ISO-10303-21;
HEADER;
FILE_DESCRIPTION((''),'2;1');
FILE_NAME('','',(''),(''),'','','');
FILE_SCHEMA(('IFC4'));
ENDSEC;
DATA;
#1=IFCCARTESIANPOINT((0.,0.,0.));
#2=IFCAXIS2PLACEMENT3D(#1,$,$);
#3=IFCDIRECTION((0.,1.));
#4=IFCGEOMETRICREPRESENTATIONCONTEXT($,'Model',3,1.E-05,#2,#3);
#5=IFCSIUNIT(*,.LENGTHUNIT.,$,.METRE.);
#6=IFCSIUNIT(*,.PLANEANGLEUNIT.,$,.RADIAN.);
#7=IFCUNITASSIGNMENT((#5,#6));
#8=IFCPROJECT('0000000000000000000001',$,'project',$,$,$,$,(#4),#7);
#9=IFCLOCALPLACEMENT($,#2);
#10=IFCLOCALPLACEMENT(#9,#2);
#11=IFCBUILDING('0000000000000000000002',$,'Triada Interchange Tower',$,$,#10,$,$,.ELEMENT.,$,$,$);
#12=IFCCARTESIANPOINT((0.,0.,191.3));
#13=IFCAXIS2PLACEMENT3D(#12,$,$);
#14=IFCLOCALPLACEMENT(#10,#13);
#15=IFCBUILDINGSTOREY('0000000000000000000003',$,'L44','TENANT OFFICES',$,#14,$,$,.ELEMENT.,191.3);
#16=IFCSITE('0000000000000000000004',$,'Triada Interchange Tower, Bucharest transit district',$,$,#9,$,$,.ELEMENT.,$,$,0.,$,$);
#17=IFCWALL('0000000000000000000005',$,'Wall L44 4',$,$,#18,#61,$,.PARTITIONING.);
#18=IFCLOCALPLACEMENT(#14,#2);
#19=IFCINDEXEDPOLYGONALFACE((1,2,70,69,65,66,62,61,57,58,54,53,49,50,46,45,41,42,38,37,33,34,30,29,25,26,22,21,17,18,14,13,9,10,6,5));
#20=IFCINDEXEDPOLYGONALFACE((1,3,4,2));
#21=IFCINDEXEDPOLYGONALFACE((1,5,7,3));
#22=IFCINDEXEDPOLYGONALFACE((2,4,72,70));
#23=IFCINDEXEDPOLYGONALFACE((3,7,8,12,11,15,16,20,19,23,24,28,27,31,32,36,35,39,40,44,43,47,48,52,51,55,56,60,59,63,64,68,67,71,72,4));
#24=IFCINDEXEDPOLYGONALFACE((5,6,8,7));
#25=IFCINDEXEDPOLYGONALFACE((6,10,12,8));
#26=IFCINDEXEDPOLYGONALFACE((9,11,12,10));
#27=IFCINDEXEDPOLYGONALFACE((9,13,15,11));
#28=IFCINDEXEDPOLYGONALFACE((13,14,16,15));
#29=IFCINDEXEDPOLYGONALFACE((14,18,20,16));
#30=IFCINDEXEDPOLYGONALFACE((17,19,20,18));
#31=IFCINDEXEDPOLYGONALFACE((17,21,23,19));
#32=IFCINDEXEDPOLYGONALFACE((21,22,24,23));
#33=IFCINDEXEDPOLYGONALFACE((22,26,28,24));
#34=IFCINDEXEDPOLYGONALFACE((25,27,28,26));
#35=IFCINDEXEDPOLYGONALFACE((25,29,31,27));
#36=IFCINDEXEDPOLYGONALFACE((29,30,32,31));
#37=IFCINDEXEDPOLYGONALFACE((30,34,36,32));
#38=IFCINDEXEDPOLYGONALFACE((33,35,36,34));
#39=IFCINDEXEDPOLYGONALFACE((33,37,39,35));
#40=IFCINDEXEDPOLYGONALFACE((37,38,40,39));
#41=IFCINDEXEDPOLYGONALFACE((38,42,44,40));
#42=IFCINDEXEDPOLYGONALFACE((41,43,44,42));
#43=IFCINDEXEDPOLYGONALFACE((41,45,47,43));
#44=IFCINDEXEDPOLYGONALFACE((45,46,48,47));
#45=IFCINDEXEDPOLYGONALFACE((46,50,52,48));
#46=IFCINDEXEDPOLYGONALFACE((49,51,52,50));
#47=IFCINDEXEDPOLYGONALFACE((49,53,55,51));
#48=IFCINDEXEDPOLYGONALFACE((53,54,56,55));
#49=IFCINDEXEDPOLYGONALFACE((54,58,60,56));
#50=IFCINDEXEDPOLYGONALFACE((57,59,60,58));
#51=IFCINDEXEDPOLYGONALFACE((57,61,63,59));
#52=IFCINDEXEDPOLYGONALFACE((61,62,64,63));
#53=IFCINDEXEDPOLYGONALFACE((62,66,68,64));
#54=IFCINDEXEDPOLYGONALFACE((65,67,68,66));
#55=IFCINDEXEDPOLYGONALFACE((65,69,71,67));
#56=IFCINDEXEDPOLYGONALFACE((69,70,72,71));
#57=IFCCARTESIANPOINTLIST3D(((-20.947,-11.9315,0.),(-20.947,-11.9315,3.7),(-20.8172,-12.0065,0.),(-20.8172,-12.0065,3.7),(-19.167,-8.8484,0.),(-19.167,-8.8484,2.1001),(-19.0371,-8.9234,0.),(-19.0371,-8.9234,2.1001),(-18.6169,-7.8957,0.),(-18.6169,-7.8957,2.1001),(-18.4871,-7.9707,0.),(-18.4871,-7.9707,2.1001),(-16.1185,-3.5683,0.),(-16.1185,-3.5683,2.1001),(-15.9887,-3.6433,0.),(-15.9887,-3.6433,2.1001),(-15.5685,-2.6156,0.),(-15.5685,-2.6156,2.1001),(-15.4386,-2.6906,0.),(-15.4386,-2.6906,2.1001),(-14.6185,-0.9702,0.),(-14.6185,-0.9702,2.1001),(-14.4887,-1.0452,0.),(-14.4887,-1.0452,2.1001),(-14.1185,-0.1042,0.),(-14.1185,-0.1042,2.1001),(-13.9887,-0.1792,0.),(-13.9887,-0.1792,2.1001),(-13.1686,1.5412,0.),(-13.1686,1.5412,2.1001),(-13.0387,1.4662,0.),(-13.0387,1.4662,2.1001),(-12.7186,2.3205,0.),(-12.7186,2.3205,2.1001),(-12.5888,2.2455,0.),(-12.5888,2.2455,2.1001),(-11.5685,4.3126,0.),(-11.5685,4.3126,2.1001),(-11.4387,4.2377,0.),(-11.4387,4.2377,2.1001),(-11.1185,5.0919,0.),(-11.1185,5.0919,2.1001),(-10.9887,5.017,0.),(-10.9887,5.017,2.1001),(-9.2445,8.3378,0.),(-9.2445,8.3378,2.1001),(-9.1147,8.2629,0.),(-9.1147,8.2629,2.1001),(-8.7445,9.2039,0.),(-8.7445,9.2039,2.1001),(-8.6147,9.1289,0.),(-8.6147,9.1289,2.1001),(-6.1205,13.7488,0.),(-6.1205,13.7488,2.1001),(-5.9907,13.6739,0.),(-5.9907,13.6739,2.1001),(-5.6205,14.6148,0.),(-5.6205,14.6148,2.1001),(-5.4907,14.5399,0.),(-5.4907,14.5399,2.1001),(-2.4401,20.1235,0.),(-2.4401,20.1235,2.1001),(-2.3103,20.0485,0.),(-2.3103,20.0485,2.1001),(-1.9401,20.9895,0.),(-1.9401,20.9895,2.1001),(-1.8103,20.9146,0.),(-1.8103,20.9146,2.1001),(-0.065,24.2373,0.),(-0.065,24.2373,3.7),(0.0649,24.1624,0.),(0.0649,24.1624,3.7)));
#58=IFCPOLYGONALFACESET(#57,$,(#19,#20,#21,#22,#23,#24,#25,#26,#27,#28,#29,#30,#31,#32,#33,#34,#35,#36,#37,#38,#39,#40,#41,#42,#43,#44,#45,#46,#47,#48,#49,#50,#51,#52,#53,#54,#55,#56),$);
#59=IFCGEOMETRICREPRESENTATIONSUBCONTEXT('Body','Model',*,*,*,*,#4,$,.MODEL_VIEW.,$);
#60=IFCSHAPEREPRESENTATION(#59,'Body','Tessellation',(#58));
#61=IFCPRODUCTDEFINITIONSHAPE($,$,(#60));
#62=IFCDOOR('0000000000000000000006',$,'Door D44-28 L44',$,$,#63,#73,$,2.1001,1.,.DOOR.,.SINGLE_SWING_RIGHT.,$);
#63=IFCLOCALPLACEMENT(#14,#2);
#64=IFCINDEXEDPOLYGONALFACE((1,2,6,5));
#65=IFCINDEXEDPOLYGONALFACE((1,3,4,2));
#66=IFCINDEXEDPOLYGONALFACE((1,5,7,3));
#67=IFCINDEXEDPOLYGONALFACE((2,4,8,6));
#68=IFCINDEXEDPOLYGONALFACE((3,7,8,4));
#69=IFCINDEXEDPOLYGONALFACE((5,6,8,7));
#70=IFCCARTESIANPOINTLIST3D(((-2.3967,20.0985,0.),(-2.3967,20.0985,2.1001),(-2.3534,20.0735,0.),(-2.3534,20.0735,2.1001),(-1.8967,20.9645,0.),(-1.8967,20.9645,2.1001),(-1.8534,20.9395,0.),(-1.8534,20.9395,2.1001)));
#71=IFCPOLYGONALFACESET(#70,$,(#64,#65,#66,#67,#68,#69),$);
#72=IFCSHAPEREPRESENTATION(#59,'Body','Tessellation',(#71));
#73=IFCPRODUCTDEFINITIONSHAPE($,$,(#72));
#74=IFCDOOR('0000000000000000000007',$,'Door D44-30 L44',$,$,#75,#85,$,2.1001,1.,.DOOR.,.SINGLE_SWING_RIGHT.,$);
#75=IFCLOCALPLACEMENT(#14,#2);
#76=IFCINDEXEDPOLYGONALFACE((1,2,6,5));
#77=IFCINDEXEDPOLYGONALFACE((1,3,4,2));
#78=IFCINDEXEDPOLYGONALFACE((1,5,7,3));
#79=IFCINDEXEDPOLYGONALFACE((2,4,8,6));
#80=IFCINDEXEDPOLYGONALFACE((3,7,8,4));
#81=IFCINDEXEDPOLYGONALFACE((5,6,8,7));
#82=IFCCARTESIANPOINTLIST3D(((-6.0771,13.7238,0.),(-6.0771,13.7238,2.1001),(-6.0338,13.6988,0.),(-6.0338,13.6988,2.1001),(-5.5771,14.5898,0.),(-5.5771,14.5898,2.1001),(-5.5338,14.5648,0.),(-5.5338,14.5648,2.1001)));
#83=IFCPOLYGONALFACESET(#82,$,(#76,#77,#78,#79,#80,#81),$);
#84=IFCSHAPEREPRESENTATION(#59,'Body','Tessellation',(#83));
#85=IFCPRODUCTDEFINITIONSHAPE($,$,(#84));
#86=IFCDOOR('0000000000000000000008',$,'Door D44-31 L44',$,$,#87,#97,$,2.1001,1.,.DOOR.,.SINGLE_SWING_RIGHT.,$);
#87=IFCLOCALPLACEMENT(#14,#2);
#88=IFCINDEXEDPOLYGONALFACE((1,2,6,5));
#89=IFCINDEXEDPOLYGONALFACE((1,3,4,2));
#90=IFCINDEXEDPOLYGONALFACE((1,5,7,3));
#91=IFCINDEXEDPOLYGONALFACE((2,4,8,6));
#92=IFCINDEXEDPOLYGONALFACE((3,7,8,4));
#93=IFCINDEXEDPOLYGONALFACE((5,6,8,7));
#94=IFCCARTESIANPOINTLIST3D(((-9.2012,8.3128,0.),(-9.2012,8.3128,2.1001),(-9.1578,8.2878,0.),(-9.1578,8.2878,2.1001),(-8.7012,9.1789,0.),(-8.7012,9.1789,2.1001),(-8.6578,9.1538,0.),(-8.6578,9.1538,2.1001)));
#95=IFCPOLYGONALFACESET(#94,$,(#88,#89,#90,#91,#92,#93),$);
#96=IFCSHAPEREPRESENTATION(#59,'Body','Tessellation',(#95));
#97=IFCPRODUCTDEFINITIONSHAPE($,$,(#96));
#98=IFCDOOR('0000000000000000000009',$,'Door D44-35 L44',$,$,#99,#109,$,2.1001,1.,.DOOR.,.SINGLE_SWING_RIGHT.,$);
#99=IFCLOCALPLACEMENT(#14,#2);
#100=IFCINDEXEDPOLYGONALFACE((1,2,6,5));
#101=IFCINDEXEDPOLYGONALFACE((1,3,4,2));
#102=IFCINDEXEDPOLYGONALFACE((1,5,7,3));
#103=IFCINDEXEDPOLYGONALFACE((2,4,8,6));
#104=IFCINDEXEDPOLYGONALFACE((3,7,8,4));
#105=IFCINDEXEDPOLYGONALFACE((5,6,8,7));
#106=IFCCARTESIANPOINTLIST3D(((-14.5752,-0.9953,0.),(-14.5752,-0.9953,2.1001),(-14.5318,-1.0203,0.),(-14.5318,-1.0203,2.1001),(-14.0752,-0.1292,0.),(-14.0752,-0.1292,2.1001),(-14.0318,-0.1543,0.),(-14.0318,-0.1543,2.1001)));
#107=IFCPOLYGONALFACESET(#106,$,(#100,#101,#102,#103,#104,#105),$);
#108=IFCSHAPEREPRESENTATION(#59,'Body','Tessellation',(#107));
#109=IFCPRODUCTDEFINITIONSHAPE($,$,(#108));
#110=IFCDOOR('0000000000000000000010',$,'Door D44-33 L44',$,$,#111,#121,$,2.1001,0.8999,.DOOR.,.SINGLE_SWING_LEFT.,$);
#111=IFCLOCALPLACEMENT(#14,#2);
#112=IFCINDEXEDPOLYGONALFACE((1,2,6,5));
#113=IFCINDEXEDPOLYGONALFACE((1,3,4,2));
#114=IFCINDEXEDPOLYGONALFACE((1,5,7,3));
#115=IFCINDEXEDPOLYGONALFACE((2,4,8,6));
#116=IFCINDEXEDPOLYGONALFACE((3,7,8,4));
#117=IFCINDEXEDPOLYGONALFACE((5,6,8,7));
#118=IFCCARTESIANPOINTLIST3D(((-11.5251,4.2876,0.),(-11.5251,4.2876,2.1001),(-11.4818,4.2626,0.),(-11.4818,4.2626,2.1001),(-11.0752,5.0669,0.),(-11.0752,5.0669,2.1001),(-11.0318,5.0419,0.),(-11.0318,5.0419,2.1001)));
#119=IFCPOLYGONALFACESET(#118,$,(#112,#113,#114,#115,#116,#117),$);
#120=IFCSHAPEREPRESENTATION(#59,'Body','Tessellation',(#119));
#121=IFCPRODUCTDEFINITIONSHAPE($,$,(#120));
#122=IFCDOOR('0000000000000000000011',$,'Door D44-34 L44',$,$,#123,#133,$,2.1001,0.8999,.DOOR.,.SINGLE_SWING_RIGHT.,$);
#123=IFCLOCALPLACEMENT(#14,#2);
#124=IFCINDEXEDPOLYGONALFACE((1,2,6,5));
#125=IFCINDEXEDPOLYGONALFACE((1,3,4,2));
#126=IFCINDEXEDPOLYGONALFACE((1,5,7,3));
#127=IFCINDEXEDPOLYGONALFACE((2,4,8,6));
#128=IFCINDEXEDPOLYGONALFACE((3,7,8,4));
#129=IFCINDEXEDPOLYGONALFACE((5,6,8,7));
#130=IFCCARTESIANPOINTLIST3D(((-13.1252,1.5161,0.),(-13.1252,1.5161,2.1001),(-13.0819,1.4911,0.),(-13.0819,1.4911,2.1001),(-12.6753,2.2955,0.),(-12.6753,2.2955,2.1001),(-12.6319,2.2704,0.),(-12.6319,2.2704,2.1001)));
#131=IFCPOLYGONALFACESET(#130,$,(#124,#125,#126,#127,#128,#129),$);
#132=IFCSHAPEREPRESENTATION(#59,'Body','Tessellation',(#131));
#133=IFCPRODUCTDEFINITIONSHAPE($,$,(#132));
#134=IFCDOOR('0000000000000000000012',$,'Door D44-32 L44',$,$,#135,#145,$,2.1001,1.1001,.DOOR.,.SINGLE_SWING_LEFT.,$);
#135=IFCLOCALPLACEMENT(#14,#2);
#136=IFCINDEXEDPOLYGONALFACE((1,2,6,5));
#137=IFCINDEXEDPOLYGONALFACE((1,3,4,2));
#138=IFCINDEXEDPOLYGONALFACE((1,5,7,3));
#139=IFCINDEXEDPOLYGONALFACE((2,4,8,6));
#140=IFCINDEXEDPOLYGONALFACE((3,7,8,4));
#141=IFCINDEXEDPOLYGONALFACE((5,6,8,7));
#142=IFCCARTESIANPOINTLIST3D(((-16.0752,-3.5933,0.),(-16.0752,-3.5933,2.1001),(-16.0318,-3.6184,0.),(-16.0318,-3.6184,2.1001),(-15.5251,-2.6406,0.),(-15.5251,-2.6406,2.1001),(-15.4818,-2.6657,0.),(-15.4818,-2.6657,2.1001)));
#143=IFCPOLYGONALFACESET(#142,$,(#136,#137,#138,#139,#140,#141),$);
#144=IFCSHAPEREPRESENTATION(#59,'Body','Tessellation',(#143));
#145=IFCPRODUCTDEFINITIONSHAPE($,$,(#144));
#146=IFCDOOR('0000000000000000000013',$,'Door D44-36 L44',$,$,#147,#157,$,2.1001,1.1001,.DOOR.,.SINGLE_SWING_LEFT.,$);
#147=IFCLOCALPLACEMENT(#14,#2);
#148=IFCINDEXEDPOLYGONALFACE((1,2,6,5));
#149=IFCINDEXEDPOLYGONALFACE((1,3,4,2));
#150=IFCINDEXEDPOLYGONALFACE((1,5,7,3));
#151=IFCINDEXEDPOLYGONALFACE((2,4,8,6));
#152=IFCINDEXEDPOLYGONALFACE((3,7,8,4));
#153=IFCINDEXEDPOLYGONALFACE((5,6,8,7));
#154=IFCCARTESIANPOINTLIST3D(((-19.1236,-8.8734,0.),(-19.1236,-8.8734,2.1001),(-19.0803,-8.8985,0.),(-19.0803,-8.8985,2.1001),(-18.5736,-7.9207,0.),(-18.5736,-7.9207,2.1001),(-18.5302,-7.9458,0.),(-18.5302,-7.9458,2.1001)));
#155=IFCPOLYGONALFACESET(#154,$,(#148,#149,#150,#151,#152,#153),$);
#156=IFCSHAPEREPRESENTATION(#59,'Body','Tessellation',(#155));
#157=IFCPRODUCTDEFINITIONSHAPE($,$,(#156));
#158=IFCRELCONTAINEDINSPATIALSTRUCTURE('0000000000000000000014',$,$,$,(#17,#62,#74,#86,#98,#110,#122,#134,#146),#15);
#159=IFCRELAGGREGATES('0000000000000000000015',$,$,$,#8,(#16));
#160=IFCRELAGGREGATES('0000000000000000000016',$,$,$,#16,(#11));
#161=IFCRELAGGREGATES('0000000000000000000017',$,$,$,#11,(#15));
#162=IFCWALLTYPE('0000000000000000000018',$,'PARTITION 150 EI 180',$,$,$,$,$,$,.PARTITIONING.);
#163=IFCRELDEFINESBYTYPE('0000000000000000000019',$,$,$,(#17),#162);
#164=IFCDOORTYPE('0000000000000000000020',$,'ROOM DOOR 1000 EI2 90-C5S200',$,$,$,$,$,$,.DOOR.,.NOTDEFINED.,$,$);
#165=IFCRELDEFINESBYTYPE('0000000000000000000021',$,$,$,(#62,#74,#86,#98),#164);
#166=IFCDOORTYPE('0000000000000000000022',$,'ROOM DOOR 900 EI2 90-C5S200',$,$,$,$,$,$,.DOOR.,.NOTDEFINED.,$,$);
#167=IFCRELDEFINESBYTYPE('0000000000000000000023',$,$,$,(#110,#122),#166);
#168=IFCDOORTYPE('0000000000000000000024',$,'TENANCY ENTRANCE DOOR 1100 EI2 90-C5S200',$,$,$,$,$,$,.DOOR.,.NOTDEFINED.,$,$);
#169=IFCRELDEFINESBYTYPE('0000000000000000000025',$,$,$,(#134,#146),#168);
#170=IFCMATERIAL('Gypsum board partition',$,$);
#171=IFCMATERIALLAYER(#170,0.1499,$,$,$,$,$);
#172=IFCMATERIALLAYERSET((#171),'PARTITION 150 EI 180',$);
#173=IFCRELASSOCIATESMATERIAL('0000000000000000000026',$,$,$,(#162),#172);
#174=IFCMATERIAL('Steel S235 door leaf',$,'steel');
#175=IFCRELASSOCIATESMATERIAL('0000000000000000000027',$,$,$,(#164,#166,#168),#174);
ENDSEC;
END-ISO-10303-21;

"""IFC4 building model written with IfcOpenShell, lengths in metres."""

from ifc_helpers import new_model, si_unit, direction, frame, frame_2d, origin, place, context, subcontext, project, spatial, rectangle, extrude, material, layer, layer_set, type_object, element, fill, save


model = new_model("IFC4")

# Units and contexts
model_context = context("Model", 3, precision=1e-05, world=origin(), true_north=direction((0.0, 1.0)))
body_context = subcontext(model_context, "Body", "Model", "MODEL_VIEW")
ifc_project = project(units=[si_unit("LENGTHUNIT", "METRE"), si_unit("PLANEANGLEUNIT", "RADIAN")], contexts=[model_context])

# Site, building, storey
site_placement = place(None, origin())
site = spatial("IfcSite", under=ifc_project, at=site_placement, Name="Triada Interchange Tower, Bucharest transit district", CompositionType="ELEMENT", RefElevation=0.0)
building_placement = place(site_placement, origin())
building = spatial("IfcBuilding", under=site, at=building_placement, Name="Triada Interchange Tower", CompositionType="ELEMENT")
storey_placement = place(building_placement, frame((0.0, 0.0, 191.3)))
storey = spatial("IfcBuildingStorey", under=building, at=storey_placement, Name="L44", Description="TENANT OFFICES", CompositionType="ELEMENT", Elevation=191.3)

# Wall, openings, doors
ifc_material_1 = material(Name="Gypsum board partition")
ifc_layer_1 = layer(ifc_material_1, 0.1499)
ifc_layer_set_1 = layer_set([ifc_layer_1], Name="PARTITION 150 EI 180")
wall_type_1 = type_object("IfcWallType", Name="PARTITION 150 EI 180", PredefinedType="PARTITIONING", material=ifc_layer_set_1)
wall_1_placement = place(storey_placement, frame((-20.8821, -11.969, 0.0), z_axis=(0.0, 0.0, 1.0), x_axis=(0.499999, 0.866026, 0.0)))
wall_1 = element("IfcWall", 1, at=wall_1_placement, inside=storey, type_object=wall_type_1, Name="Wall L44 4", PredefinedType="PARTITIONING", context=body_context, shape_type="SweptSolid", body=[
    extrude(rectangle(XDim=41.7642, YDim=0.1499, at=frame_2d((20.8821, 0.0))), origin(), (0.0, 0.0, 1.0), 3.7),
])
opening_1_placement = place(wall_1_placement, frame((37.0139, 0.0, 0.0)))
opening_1 = element("IfcOpeningElement", 2, at=opening_1_placement, cuts=wall_1, PredefinedType="OPENING", context=body_context, shape_type="SweptSolid", body=[
    extrude(rectangle(XDim=1.0, YDim=2.1001, at=frame_2d((0.5, 1.05))), frame((0.0, 0.085, 0.0), z_axis=(0.0, -1.0, 0.0), x_axis=(1.0, 0.0, 0.0)), (0.0, 0.0, 1.0), 0.1699),
])
opening_2_placement = place(wall_1_placement, frame((29.6531, 0.0, 0.0)))
opening_2 = element("IfcOpeningElement", 3, at=opening_2_placement, cuts=wall_1, PredefinedType="OPENING", context=body_context, shape_type="SweptSolid", body=[
    extrude(rectangle(XDim=1.0, YDim=2.1001, at=frame_2d((0.5, 1.05))), frame((0.0, 0.085, 0.0), z_axis=(0.0, -1.0, 0.0), x_axis=(1.0, 0.0, 0.0)), (0.0, 0.0, 1.0), 0.1699),
])
opening_3_placement = place(wall_1_placement, frame((23.405, 0.0, 0.0)))
opening_3 = element("IfcOpeningElement", 4, at=opening_3_placement, cuts=wall_1, PredefinedType="OPENING", context=body_context, shape_type="SweptSolid", body=[
    extrude(rectangle(XDim=1.0, YDim=2.1001, at=frame_2d((0.5, 1.05))), frame((0.0, 0.085, 0.0), z_axis=(0.0, -1.0, 0.0), x_axis=(1.0, 0.0, 0.0)), (0.0, 0.0, 1.0), 0.1699),
])
opening_4_placement = place(wall_1_placement, frame((9.657, 0.0, 0.0)))
opening_4 = element("IfcOpeningElement", 5, at=opening_4_placement, cuts=wall_1, PredefinedType="OPENING", context=body_context, shape_type="SweptSolid", body=[
    extrude(rectangle(XDim=1.1001, YDim=2.1001, at=frame_2d((0.55, 1.05))), frame((0.0, 0.085, 0.0), z_axis=(0.0, -1.0, 0.0), x_axis=(1.0, 0.0, 0.0)), (0.0, 0.0, 1.0), 0.1699),
])
opening_5_placement = place(wall_1_placement, frame((18.7571, 0.0, 0.0)))
opening_5 = element("IfcOpeningElement", 6, at=opening_5_placement, cuts=wall_1, PredefinedType="OPENING", context=body_context, shape_type="SweptSolid", body=[
    extrude(rectangle(XDim=0.8999, YDim=2.1001, at=frame_2d((0.45, 1.05))), frame((0.0, 0.085, 0.0), z_axis=(0.0, -1.0, 0.0), x_axis=(1.0, 0.0, 0.0)), (0.0, 0.0, 1.0), 0.1699),
])
opening_6_placement = place(wall_1_placement, frame((15.5569, 0.0, 0.0)))
opening_6 = element("IfcOpeningElement", 7, at=opening_6_placement, cuts=wall_1, PredefinedType="OPENING", context=body_context, shape_type="SweptSolid", body=[
    extrude(rectangle(XDim=0.8999, YDim=2.1001, at=frame_2d((0.45, 1.05))), frame((0.0, 0.085, 0.0), z_axis=(0.0, -1.0, 0.0), x_axis=(1.0, 0.0, 0.0)), (0.0, 0.0, 1.0), 0.1699),
])
opening_7_placement = place(wall_1_placement, frame((12.657, 0.0, 0.0)))
opening_7 = element("IfcOpeningElement", 8, at=opening_7_placement, cuts=wall_1, PredefinedType="OPENING", context=body_context, shape_type="SweptSolid", body=[
    extrude(rectangle(XDim=1.0, YDim=2.1001, at=frame_2d((0.5, 1.05))), frame((0.0, 0.085, 0.0), z_axis=(0.0, -1.0, 0.0), x_axis=(1.0, 0.0, 0.0)), (0.0, 0.0, 1.0), 0.1699),
])
opening_8_placement = place(wall_1_placement, frame((3.5601, 0.0, 0.0)))
opening_8 = element("IfcOpeningElement", 9, at=opening_8_placement, cuts=wall_1, PredefinedType="OPENING", context=body_context, shape_type="SweptSolid", body=[
    extrude(rectangle(XDim=1.1001, YDim=2.1001, at=frame_2d((0.55, 1.05))), frame((0.0, 0.085, 0.0), z_axis=(0.0, -1.0, 0.0), x_axis=(1.0, 0.0, 0.0)), (0.0, 0.0, 1.0), 0.1699),
])
ifc_material_2 = material(Name="Steel S235 door leaf", Category="steel")
door_type_1 = type_object("IfcDoorType", Name="ROOM DOOR 1000 EI2 90-C5S200", OperationType="NOTDEFINED", PredefinedType="DOOR", material=ifc_material_2)
door_1_placement = place(opening_1_placement, origin())
door_1 = element("IfcDoor", 10, at=door_1_placement, inside=storey, type_object=door_type_1, Name="Door D44-28 L44", OperationType="SINGLE_SWING_RIGHT", OverallHeight=2.1001, OverallWidth=1.0, PredefinedType="DOOR", context=body_context, shape_type="SweptSolid", body=[
    extrude(rectangle(XDim=1.0, YDim=2.1001, at=frame_2d((0.5, 1.05))), frame((0.0, 0.0249, 0.0), z_axis=(0.0, -1.0, 0.0), x_axis=(1.0, 0.0, 0.0)), (0.0, 0.0, 1.0), 0.05),
])
fill(opening_1, door_1)
door_2_placement = place(opening_2_placement, origin())
door_2 = element("IfcDoor", 11, at=door_2_placement, inside=storey, type_object=door_type_1, Name="Door D44-30 L44", OperationType="SINGLE_SWING_RIGHT", OverallHeight=2.1001, OverallWidth=1.0, PredefinedType="DOOR", context=body_context, shape_type="SweptSolid", body=[
    extrude(rectangle(XDim=1.0, YDim=2.1001, at=frame_2d((0.5, 1.05))), frame((0.0, 0.0249, 0.0), z_axis=(0.0, -1.0, 0.0), x_axis=(1.0, 0.0, 0.0)), (0.0, 0.0, 1.0), 0.05),
])
fill(opening_2, door_2)
door_3_placement = place(opening_3_placement, origin())
door_3 = element("IfcDoor", 12, at=door_3_placement, inside=storey, type_object=door_type_1, Name="Door D44-31 L44", OperationType="SINGLE_SWING_RIGHT", OverallHeight=2.1001, OverallWidth=1.0, PredefinedType="DOOR", context=body_context, shape_type="SweptSolid", body=[
    extrude(rectangle(XDim=1.0, YDim=2.1001, at=frame_2d((0.5, 1.05))), frame((0.0, 0.0249, 0.0), z_axis=(0.0, -1.0, 0.0), x_axis=(1.0, 0.0, 0.0)), (0.0, 0.0, 1.0), 0.05),
])
fill(opening_3, door_3)
door_4_placement = place(opening_7_placement, origin())
door_4 = element("IfcDoor", 13, at=door_4_placement, inside=storey, type_object=door_type_1, Name="Door D44-35 L44", OperationType="SINGLE_SWING_RIGHT", OverallHeight=2.1001, OverallWidth=1.0, PredefinedType="DOOR", context=body_context, shape_type="SweptSolid", body=[
    extrude(rectangle(XDim=1.0, YDim=2.1001, at=frame_2d((0.5, 1.05))), frame((0.0, 0.0249, 0.0), z_axis=(0.0, -1.0, 0.0), x_axis=(1.0, 0.0, 0.0)), (0.0, 0.0, 1.0), 0.05),
])
fill(opening_7, door_4)
door_type_2 = type_object("IfcDoorType", Name="ROOM DOOR 900 EI2 90-C5S200", OperationType="NOTDEFINED", PredefinedType="DOOR", material=ifc_material_2)
door_5_placement = place(opening_5_placement, origin())
door_5 = element("IfcDoor", 14, at=door_5_placement, inside=storey, type_object=door_type_2, Name="Door D44-33 L44", OperationType="SINGLE_SWING_LEFT", OverallHeight=2.1001, OverallWidth=0.8999, PredefinedType="DOOR", context=body_context, shape_type="SweptSolid", body=[
    extrude(rectangle(XDim=0.8999, YDim=2.1001, at=frame_2d((0.45, 1.05))), frame((0.0, 0.0249, 0.0), z_axis=(0.0, -1.0, 0.0), x_axis=(1.0, 0.0, 0.0)), (0.0, 0.0, 1.0), 0.05),
])
fill(opening_5, door_5)
door_6_placement = place(opening_6_placement, origin())
door_6 = element("IfcDoor", 15, at=door_6_placement, inside=storey, type_object=door_type_2, Name="Door D44-34 L44", OperationType="SINGLE_SWING_RIGHT", OverallHeight=2.1001, OverallWidth=0.8999, PredefinedType="DOOR", context=body_context, shape_type="SweptSolid", body=[
    extrude(rectangle(XDim=0.8999, YDim=2.1001, at=frame_2d((0.45, 1.05))), frame((0.0, 0.0249, 0.0), z_axis=(0.0, -1.0, 0.0), x_axis=(1.0, 0.0, 0.0)), (0.0, 0.0, 1.0), 0.05),
])
fill(opening_6, door_6)
door_type_3 = type_object("IfcDoorType", Name="TENANCY ENTRANCE DOOR 1100 EI2 90-C5S200", OperationType="NOTDEFINED", PredefinedType="DOOR", material=ifc_material_2)
door_7_placement = place(opening_4_placement, origin())
door_7 = element("IfcDoor", 16, at=door_7_placement, inside=storey, type_object=door_type_3, Name="Door D44-32 L44", OperationType="SINGLE_SWING_LEFT", OverallHeight=2.1001, OverallWidth=1.1001, PredefinedType="DOOR", context=body_context, shape_type="SweptSolid", body=[
    extrude(rectangle(XDim=1.1001, YDim=2.1001, at=frame_2d((0.55, 1.05))), frame((0.0, 0.0249, 0.0), z_axis=(0.0, -1.0, 0.0), x_axis=(1.0, 0.0, 0.0)), (0.0, 0.0, 1.0), 0.05),
])
fill(opening_4, door_7)
door_8_placement = place(opening_8_placement, origin())
door_8 = element("IfcDoor", 17, at=door_8_placement, inside=storey, type_object=door_type_3, Name="Door D44-36 L44", OperationType="SINGLE_SWING_LEFT", OverallHeight=2.1001, OverallWidth=1.1001, PredefinedType="DOOR", context=body_context, shape_type="SweptSolid", body=[
    extrude(rectangle(XDim=1.1001, YDim=2.1001, at=frame_2d((0.55, 1.05))), frame((0.0, 0.0249, 0.0), z_axis=(0.0, -1.0, 0.0), x_axis=(1.0, 0.0, 0.0)), (0.0, 0.0, 1.0), 0.05),
])
fill(opening_8, door_8)

save(model, "model.ifc")
